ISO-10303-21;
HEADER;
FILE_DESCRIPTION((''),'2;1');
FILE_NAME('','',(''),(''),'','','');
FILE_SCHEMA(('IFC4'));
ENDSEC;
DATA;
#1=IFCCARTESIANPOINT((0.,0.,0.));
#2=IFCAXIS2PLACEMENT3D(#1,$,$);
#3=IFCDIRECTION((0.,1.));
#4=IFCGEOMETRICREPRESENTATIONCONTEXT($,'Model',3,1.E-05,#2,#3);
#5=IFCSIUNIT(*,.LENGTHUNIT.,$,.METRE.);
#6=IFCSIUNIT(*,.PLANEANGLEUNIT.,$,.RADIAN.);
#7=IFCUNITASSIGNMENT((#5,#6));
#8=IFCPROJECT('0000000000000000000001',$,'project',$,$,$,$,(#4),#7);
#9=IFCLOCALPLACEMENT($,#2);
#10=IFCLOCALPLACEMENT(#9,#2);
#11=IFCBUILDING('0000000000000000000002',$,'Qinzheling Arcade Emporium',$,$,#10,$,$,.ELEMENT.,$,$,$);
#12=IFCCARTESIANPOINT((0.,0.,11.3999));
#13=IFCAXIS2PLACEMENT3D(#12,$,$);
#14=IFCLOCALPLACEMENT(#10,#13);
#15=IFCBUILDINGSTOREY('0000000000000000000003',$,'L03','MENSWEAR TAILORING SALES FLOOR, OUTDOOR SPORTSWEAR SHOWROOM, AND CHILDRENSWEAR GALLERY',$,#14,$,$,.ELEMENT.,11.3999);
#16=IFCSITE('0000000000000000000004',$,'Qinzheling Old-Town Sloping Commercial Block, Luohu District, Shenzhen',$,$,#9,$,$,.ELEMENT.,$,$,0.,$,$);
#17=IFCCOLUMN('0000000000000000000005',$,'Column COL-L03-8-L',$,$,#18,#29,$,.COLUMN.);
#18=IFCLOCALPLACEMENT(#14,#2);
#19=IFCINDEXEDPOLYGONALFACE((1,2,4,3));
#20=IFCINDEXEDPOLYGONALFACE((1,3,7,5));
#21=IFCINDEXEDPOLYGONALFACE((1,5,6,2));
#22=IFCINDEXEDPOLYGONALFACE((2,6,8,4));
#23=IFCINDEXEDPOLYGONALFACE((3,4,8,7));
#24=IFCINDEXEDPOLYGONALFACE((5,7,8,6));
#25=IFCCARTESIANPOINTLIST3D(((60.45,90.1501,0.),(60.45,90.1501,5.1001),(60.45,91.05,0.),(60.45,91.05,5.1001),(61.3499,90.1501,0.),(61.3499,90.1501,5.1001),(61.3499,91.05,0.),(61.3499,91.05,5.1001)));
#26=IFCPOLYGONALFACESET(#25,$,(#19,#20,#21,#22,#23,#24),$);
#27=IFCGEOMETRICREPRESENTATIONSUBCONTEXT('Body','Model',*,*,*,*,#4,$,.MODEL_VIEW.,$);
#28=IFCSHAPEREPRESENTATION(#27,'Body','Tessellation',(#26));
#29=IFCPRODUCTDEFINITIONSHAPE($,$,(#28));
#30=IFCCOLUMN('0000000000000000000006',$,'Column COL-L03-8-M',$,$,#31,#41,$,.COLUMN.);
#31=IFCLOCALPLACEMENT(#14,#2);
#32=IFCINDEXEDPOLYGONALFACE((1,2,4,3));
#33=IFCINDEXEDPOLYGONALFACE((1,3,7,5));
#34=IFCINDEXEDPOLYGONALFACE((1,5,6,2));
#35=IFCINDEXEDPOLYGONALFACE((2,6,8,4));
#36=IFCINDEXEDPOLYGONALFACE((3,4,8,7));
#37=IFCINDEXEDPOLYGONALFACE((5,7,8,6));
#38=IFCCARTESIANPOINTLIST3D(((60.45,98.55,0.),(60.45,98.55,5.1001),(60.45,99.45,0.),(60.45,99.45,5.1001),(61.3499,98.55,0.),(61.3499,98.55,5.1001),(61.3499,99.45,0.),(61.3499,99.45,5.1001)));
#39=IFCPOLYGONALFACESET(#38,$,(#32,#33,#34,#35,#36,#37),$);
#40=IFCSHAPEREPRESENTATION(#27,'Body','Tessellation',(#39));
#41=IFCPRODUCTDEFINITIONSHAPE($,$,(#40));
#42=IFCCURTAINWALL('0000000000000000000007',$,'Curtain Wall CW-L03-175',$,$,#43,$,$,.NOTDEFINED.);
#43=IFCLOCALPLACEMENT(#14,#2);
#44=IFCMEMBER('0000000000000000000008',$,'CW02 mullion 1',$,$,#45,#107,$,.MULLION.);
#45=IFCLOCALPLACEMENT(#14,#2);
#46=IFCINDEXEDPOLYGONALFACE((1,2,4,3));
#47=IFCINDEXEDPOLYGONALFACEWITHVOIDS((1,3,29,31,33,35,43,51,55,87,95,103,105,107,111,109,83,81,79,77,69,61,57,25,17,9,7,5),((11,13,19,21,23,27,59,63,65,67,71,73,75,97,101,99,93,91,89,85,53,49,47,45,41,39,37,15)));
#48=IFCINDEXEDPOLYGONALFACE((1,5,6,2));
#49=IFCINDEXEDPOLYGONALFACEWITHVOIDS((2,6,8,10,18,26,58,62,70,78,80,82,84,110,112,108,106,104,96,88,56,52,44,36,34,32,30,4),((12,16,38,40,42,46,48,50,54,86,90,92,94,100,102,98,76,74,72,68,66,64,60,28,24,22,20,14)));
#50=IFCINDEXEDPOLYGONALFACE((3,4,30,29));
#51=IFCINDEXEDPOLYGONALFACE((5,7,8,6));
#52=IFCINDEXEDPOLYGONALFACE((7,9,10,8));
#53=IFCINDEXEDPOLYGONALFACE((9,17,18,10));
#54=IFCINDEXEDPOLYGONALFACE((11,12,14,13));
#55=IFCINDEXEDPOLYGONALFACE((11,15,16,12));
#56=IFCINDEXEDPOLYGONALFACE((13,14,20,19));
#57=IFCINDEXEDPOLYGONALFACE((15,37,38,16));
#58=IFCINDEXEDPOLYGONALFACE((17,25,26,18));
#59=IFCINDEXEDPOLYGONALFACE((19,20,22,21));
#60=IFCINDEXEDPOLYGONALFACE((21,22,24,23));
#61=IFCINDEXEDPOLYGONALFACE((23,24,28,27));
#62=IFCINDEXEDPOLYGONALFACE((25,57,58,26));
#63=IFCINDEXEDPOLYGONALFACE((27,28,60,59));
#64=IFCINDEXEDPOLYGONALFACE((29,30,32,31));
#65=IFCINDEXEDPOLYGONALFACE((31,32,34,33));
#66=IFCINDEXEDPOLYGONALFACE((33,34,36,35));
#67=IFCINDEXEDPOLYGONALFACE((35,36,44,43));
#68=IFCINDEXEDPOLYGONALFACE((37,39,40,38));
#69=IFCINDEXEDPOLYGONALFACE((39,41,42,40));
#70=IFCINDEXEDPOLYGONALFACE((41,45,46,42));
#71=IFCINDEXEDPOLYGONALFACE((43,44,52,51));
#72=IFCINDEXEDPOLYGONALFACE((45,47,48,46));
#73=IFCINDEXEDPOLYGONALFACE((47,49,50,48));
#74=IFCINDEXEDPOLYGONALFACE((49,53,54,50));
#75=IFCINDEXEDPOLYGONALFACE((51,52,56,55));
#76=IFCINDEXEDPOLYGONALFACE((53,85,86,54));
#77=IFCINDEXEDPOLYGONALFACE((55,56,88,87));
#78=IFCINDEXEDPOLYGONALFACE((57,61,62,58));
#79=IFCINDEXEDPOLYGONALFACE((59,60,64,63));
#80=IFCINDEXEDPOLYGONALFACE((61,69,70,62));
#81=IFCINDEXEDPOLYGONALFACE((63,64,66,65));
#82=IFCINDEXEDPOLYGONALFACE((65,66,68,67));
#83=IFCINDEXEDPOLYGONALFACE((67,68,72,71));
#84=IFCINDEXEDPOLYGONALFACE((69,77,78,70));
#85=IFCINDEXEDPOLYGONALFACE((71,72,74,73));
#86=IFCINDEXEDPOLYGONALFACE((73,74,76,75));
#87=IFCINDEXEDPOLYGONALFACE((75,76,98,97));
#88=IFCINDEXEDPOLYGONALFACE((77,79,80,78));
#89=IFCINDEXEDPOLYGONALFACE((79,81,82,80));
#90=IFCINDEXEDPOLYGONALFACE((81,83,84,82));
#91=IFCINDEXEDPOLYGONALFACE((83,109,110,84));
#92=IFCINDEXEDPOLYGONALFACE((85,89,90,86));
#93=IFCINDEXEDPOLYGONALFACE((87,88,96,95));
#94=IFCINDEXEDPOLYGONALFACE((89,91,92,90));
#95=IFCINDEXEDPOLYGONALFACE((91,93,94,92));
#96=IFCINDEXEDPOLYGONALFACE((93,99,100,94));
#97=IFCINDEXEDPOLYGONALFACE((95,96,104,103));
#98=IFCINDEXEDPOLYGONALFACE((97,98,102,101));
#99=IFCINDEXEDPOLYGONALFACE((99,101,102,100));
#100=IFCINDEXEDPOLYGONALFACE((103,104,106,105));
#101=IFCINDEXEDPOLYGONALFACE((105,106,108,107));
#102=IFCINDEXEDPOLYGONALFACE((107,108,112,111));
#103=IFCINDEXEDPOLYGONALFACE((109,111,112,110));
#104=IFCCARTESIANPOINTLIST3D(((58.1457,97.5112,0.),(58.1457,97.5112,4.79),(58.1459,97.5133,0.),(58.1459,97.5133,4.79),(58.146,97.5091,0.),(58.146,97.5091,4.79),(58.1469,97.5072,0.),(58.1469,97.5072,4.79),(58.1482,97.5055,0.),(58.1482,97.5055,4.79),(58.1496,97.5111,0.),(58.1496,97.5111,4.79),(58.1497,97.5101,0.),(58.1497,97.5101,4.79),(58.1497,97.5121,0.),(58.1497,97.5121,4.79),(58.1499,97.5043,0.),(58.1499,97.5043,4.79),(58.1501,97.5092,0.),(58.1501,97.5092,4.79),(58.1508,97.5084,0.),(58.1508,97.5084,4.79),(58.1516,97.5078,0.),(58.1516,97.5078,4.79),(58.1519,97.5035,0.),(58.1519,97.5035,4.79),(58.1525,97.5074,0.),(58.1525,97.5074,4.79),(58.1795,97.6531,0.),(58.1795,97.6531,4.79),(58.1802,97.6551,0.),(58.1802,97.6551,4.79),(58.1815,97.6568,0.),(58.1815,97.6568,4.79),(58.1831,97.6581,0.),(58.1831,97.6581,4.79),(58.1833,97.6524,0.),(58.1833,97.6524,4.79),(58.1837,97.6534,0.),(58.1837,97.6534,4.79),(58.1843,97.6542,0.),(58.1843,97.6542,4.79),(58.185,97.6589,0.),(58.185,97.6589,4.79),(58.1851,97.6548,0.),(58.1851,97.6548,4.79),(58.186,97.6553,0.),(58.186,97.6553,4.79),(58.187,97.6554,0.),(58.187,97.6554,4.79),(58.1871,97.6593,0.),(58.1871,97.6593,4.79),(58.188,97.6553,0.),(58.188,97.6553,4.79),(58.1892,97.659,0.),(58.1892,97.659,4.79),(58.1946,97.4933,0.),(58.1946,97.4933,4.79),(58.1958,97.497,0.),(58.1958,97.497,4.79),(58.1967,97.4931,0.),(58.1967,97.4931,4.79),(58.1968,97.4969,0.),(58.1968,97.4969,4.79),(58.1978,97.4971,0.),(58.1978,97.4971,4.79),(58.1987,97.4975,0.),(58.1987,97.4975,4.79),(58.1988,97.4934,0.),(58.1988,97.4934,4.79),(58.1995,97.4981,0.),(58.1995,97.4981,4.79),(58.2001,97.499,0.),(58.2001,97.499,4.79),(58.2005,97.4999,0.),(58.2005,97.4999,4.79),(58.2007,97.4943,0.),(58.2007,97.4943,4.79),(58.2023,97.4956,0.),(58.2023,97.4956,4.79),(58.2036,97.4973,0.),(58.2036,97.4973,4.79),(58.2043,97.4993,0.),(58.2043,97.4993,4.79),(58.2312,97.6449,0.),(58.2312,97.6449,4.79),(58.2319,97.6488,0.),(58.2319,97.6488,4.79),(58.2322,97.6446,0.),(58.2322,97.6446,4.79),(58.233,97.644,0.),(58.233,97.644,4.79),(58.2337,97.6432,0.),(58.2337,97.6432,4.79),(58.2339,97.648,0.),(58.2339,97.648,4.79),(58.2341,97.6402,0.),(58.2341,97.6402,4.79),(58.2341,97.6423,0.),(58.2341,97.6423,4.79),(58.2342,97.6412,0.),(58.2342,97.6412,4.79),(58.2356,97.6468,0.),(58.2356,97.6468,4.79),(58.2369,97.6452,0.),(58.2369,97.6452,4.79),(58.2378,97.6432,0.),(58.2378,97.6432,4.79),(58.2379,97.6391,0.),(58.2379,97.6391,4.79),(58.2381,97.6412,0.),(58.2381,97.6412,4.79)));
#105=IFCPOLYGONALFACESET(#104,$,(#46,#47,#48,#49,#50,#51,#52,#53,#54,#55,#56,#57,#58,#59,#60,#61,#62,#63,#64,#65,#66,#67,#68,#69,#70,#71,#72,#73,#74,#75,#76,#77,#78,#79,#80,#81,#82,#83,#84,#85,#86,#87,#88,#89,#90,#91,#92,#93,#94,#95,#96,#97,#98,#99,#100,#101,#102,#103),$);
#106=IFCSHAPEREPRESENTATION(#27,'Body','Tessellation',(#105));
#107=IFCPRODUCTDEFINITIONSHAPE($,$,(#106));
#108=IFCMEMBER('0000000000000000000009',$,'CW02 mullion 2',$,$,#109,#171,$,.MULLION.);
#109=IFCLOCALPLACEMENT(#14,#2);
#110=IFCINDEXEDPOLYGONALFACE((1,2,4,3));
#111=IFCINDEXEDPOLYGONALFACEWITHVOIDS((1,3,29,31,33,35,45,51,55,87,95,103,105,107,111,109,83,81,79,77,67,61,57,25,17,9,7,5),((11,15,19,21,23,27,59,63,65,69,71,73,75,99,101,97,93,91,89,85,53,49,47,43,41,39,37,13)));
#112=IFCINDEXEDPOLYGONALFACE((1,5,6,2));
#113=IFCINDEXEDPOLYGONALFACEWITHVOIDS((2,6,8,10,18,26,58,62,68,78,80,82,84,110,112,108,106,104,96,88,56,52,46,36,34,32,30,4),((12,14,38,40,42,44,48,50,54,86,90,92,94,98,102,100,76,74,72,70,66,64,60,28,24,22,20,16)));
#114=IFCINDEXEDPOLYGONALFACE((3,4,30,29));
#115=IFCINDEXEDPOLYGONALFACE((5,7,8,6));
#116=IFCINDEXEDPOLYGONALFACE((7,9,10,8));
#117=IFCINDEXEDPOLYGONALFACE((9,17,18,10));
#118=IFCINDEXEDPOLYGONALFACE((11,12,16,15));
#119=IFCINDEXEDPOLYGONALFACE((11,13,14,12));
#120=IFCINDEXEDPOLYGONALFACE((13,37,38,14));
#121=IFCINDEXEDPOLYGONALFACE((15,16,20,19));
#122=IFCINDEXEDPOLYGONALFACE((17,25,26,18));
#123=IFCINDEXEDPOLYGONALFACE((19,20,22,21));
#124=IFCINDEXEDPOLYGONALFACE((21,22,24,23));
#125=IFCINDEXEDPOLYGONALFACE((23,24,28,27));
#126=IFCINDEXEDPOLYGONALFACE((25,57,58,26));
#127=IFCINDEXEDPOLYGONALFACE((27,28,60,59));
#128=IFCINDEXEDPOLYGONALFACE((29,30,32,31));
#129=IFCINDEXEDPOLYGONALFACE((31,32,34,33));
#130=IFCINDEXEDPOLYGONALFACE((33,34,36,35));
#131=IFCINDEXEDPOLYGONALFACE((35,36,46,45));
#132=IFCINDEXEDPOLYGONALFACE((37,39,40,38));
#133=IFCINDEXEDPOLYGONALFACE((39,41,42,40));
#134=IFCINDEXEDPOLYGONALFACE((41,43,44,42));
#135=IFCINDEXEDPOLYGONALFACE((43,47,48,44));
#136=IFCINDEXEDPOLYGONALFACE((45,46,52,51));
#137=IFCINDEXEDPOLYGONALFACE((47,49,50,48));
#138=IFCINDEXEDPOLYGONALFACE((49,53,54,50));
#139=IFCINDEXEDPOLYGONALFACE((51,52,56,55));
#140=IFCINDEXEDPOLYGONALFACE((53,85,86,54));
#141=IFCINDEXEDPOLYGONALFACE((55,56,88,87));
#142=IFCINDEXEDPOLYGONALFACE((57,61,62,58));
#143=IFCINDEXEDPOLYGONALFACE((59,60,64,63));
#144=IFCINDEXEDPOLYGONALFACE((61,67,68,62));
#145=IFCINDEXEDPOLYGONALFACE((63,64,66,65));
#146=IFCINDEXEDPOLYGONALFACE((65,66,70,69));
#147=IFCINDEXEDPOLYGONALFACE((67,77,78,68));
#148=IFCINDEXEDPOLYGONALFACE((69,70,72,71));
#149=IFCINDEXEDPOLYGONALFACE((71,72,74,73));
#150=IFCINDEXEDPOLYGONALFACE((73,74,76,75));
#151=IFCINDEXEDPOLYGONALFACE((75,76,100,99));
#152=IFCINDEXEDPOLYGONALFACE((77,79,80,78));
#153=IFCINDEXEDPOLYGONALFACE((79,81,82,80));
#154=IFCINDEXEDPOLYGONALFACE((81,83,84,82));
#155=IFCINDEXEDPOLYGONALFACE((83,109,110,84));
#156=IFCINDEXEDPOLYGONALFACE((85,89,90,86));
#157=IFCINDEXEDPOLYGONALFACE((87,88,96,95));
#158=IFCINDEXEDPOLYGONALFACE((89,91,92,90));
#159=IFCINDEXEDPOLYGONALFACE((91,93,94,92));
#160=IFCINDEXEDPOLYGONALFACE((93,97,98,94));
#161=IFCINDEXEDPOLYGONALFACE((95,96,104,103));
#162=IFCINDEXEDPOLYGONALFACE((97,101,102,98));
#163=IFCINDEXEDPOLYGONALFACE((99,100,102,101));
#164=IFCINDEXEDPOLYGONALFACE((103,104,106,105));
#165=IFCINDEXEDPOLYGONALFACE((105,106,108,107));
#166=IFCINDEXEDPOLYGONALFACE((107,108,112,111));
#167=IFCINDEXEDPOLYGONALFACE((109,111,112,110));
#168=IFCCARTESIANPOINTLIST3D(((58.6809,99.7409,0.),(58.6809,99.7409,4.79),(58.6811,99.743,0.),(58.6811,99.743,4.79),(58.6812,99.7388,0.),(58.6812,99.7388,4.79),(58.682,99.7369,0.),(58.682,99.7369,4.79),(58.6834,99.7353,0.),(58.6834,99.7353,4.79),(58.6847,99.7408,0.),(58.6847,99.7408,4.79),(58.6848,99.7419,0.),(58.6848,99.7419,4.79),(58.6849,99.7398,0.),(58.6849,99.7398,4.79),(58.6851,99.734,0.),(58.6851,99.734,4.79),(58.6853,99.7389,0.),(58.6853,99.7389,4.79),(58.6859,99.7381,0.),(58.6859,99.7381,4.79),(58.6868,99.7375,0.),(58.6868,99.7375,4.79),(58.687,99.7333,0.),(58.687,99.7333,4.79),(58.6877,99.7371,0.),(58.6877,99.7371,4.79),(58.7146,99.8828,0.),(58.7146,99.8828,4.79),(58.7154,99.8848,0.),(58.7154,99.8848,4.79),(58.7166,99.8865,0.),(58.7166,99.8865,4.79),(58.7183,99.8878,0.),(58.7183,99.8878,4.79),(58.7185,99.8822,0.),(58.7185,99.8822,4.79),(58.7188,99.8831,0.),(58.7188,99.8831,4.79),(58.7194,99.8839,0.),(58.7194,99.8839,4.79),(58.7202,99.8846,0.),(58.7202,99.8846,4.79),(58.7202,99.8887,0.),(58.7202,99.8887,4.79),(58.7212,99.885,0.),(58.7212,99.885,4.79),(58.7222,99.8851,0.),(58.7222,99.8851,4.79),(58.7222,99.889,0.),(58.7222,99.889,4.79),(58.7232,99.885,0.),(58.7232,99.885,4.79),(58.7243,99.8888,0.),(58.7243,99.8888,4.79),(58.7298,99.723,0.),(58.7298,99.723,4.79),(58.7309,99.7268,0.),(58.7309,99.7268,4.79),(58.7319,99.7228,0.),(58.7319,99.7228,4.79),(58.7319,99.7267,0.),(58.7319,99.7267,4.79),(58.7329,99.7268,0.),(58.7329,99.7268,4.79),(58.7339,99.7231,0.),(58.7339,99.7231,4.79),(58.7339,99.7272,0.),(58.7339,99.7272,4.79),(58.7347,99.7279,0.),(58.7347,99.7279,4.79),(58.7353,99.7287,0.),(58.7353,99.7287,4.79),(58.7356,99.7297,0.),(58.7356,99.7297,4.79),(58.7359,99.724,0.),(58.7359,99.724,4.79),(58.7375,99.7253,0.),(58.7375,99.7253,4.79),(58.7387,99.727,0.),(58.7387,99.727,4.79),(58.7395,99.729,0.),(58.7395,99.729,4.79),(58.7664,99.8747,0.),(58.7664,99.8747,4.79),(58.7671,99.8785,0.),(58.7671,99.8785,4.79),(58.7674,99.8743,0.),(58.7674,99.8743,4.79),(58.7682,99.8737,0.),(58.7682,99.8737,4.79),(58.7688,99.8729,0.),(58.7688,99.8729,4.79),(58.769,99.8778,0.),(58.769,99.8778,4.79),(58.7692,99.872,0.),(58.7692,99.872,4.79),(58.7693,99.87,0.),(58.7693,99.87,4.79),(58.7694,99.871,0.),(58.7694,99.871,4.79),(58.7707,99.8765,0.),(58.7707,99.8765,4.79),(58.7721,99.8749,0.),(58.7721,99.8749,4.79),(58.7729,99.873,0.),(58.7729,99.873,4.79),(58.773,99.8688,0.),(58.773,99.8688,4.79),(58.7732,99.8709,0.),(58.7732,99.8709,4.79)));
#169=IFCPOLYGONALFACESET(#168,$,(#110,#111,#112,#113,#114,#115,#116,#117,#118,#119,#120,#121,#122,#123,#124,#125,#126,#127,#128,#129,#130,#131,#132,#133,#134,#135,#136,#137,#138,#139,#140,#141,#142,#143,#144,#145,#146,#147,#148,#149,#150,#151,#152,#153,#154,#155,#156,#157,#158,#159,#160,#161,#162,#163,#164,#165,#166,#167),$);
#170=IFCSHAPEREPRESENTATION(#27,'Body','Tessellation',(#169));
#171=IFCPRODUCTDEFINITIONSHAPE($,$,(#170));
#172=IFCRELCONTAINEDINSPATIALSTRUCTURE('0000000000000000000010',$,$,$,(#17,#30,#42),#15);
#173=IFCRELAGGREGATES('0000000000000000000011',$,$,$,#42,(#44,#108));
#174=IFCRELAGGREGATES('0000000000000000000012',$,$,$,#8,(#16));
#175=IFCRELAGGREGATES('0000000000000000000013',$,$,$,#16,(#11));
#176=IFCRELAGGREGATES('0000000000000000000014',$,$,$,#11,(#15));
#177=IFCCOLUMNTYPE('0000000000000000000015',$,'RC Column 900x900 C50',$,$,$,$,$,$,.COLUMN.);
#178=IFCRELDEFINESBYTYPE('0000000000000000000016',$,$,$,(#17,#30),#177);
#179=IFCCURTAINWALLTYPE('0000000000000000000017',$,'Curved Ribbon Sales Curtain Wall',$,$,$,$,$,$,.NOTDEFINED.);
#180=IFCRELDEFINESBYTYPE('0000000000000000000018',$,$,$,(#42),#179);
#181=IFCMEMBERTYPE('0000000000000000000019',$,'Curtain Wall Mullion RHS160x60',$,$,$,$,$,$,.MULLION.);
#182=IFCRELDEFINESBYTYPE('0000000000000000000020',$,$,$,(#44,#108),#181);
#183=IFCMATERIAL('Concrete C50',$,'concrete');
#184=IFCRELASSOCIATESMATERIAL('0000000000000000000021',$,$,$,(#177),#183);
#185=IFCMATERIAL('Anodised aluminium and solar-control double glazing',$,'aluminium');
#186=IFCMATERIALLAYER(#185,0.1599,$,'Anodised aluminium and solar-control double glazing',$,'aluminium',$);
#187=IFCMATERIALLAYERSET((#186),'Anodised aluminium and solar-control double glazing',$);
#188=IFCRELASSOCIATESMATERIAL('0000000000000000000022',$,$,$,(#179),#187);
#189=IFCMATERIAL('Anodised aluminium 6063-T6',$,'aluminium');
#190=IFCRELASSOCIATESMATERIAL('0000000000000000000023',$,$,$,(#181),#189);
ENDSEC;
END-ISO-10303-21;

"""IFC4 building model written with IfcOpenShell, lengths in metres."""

from ifc_helpers import new_model, si_unit, direction, frame, origin, origin_2d, place, context, subcontext, project, spatial, rectangle, hollow_rectangle, extrude, material, layer, layer_set, material_profile, profile_set, type_object, element, aggregate, save


model = new_model("IFC4")

# Units and contexts
model_context = context("Model", 3, precision=1e-05, world=origin(), true_north=direction((0.0, 1.0)))
body_context = subcontext(model_context, "Body", "Model", "MODEL_VIEW")
ifc_project = project(units=[si_unit("LENGTHUNIT", "METRE"), si_unit("PLANEANGLEUNIT", "RADIAN")], contexts=[model_context])

# Site, building, storey
site_placement = place(None, origin())
site = spatial("IfcSite", under=ifc_project, at=site_placement, Name="Qinzheling Old-Town Sloping Commercial Block, Luohu District, Shenzhen", CompositionType="ELEMENT", RefElevation=0.0)
building_placement = place(site_placement, origin())
building = spatial("IfcBuilding", under=site, at=building_placement, Name="Qinzheling Arcade Emporium", CompositionType="ELEMENT")
storey_placement = place(building_placement, frame((0.0, 0.0, 11.3999)))
storey = spatial("IfcBuildingStorey", under=building, at=storey_placement, Name="L03", Description="MENSWEAR TAILORING SALES FLOOR, OUTDOOR SPORTSWEAR SHOWROOM, AND CHILDRENSWEAR GALLERY", CompositionType="ELEMENT", Elevation=11.3999)

# Columns
ifc_material_1 = material(Name="Concrete C50", Category="concrete")
ifc_material_profile_1 = material_profile(ifc_material_1, rectangle(XDim=0.8999, YDim=0.8999, at=origin_2d()), Name="RC 900x900", Category="concrete")
ifc_profile_set_1 = profile_set([ifc_material_profile_1], Name="Concrete C50")
column_type = type_object("IfcColumnType", Name="RC Column 900x900 C50", PredefinedType="COLUMN", material=ifc_profile_set_1)
for number, where, z_axis, x_axis, name in (
    (1, (60.8999, 90.6001, 0.0), (0.0, 0.0, 1.0), (1.0, 0.0, 0.0), "Column COL-L03-8-L"),
    (2, (60.8999, 99.0, 0.0), (0.0, 0.0, 1.0), (1.0, 0.0, 0.0), "Column COL-L03-8-M"),
):
    element("IfcColumn", number, at=place(storey_placement, frame(where, z_axis=z_axis, x_axis=x_axis)), inside=storey, type_object=column_type, Name=name, PredefinedType="COLUMN", context=body_context, shape_type="SweptSolid", body=[
        extrude(rectangle(XDim=0.8999, YDim=0.8999, at=origin_2d()), origin(), (0.0, 0.0, 1.0), 5.1001),
    ])

# Curtain wall, members
ifc_material_2 = material(Name="Anodised aluminium and solar-control double glazing", Category="aluminium")
ifc_layer_1 = layer(ifc_material_2, 0.1599, Name="Anodised aluminium and solar-control double glazing", Category="aluminium")
ifc_layer_set_1 = layer_set([ifc_layer_1], Name="Anodised aluminium and solar-control double glazing")
curtain_wall_type = type_object("IfcCurtainWallType", Name="Curved Ribbon Sales Curtain Wall", PredefinedType="NOTDEFINED", material=ifc_layer_set_1)
curtain_wall_1_placement = place(storey_placement, origin())
curtain_wall_1 = element("IfcCurtainWall", 3, at=curtain_wall_1_placement, inside=storey, type_object=curtain_wall_type, Name="Curtain Wall CW-L03-175", PredefinedType="NOTDEFINED")
ifc_material_3 = material(Name="Anodised aluminium 6063-T6", Category="aluminium")
ifc_material_profile_2 = material_profile(ifc_material_3, hollow_rectangle(XDim=0.0601, YDim=0.1599, WallThickness=0.0039, InnerFilletRadius=0.0039, OuterFilletRadius=0.0081, at=origin_2d()), Name="RHS 160x60x4", Category="aluminium")
ifc_profile_set_2 = profile_set([ifc_material_profile_2], Name="Anodised aluminium 6063-T6")
member_type_1 = type_object("IfcMemberType", Name="Curtain Wall Mullion RHS160x60", PredefinedType="MULLION", material=ifc_profile_set_2)
member_1_placement = place(storey_placement, frame((58.1919, 97.5762, 0.0), z_axis=(0.0, 0.0, 1.0), x_axis=(-0.972399, 0.233325, 0.0)))
member_1 = element("IfcMember", 4, at=member_1_placement, type_object=member_type_1, Name="CW02 mullion 1", PredefinedType="MULLION", context=body_context, shape_type="SweptSolid", body=[
    extrude(hollow_rectangle(XDim=0.0601, YDim=0.1599, WallThickness=0.0039, InnerFilletRadius=0.0039, OuterFilletRadius=0.0081, at=origin_2d()), origin(), (0.0, 0.0, 1.0), 4.79),
])
member_2_placement = place(storey_placement, frame((58.7271, 99.8059, 0.0), z_axis=(0.0, 0.0, 1.0), x_axis=(-0.972399, 0.233325, 0.0)))
member_2 = element("IfcMember", 5, at=member_2_placement, type_object=member_type_1, Name="CW02 mullion 2", PredefinedType="MULLION", context=body_context, shape_type="SweptSolid", body=[
    extrude(hollow_rectangle(XDim=0.0601, YDim=0.1599, WallThickness=0.0039, InnerFilletRadius=0.0039, OuterFilletRadius=0.0081, at=origin_2d()), origin(), (0.0, 0.0, 1.0), 4.79),
])

aggregate(curtain_wall_1, [member_1, member_2])

save(model, "model.ifc")
